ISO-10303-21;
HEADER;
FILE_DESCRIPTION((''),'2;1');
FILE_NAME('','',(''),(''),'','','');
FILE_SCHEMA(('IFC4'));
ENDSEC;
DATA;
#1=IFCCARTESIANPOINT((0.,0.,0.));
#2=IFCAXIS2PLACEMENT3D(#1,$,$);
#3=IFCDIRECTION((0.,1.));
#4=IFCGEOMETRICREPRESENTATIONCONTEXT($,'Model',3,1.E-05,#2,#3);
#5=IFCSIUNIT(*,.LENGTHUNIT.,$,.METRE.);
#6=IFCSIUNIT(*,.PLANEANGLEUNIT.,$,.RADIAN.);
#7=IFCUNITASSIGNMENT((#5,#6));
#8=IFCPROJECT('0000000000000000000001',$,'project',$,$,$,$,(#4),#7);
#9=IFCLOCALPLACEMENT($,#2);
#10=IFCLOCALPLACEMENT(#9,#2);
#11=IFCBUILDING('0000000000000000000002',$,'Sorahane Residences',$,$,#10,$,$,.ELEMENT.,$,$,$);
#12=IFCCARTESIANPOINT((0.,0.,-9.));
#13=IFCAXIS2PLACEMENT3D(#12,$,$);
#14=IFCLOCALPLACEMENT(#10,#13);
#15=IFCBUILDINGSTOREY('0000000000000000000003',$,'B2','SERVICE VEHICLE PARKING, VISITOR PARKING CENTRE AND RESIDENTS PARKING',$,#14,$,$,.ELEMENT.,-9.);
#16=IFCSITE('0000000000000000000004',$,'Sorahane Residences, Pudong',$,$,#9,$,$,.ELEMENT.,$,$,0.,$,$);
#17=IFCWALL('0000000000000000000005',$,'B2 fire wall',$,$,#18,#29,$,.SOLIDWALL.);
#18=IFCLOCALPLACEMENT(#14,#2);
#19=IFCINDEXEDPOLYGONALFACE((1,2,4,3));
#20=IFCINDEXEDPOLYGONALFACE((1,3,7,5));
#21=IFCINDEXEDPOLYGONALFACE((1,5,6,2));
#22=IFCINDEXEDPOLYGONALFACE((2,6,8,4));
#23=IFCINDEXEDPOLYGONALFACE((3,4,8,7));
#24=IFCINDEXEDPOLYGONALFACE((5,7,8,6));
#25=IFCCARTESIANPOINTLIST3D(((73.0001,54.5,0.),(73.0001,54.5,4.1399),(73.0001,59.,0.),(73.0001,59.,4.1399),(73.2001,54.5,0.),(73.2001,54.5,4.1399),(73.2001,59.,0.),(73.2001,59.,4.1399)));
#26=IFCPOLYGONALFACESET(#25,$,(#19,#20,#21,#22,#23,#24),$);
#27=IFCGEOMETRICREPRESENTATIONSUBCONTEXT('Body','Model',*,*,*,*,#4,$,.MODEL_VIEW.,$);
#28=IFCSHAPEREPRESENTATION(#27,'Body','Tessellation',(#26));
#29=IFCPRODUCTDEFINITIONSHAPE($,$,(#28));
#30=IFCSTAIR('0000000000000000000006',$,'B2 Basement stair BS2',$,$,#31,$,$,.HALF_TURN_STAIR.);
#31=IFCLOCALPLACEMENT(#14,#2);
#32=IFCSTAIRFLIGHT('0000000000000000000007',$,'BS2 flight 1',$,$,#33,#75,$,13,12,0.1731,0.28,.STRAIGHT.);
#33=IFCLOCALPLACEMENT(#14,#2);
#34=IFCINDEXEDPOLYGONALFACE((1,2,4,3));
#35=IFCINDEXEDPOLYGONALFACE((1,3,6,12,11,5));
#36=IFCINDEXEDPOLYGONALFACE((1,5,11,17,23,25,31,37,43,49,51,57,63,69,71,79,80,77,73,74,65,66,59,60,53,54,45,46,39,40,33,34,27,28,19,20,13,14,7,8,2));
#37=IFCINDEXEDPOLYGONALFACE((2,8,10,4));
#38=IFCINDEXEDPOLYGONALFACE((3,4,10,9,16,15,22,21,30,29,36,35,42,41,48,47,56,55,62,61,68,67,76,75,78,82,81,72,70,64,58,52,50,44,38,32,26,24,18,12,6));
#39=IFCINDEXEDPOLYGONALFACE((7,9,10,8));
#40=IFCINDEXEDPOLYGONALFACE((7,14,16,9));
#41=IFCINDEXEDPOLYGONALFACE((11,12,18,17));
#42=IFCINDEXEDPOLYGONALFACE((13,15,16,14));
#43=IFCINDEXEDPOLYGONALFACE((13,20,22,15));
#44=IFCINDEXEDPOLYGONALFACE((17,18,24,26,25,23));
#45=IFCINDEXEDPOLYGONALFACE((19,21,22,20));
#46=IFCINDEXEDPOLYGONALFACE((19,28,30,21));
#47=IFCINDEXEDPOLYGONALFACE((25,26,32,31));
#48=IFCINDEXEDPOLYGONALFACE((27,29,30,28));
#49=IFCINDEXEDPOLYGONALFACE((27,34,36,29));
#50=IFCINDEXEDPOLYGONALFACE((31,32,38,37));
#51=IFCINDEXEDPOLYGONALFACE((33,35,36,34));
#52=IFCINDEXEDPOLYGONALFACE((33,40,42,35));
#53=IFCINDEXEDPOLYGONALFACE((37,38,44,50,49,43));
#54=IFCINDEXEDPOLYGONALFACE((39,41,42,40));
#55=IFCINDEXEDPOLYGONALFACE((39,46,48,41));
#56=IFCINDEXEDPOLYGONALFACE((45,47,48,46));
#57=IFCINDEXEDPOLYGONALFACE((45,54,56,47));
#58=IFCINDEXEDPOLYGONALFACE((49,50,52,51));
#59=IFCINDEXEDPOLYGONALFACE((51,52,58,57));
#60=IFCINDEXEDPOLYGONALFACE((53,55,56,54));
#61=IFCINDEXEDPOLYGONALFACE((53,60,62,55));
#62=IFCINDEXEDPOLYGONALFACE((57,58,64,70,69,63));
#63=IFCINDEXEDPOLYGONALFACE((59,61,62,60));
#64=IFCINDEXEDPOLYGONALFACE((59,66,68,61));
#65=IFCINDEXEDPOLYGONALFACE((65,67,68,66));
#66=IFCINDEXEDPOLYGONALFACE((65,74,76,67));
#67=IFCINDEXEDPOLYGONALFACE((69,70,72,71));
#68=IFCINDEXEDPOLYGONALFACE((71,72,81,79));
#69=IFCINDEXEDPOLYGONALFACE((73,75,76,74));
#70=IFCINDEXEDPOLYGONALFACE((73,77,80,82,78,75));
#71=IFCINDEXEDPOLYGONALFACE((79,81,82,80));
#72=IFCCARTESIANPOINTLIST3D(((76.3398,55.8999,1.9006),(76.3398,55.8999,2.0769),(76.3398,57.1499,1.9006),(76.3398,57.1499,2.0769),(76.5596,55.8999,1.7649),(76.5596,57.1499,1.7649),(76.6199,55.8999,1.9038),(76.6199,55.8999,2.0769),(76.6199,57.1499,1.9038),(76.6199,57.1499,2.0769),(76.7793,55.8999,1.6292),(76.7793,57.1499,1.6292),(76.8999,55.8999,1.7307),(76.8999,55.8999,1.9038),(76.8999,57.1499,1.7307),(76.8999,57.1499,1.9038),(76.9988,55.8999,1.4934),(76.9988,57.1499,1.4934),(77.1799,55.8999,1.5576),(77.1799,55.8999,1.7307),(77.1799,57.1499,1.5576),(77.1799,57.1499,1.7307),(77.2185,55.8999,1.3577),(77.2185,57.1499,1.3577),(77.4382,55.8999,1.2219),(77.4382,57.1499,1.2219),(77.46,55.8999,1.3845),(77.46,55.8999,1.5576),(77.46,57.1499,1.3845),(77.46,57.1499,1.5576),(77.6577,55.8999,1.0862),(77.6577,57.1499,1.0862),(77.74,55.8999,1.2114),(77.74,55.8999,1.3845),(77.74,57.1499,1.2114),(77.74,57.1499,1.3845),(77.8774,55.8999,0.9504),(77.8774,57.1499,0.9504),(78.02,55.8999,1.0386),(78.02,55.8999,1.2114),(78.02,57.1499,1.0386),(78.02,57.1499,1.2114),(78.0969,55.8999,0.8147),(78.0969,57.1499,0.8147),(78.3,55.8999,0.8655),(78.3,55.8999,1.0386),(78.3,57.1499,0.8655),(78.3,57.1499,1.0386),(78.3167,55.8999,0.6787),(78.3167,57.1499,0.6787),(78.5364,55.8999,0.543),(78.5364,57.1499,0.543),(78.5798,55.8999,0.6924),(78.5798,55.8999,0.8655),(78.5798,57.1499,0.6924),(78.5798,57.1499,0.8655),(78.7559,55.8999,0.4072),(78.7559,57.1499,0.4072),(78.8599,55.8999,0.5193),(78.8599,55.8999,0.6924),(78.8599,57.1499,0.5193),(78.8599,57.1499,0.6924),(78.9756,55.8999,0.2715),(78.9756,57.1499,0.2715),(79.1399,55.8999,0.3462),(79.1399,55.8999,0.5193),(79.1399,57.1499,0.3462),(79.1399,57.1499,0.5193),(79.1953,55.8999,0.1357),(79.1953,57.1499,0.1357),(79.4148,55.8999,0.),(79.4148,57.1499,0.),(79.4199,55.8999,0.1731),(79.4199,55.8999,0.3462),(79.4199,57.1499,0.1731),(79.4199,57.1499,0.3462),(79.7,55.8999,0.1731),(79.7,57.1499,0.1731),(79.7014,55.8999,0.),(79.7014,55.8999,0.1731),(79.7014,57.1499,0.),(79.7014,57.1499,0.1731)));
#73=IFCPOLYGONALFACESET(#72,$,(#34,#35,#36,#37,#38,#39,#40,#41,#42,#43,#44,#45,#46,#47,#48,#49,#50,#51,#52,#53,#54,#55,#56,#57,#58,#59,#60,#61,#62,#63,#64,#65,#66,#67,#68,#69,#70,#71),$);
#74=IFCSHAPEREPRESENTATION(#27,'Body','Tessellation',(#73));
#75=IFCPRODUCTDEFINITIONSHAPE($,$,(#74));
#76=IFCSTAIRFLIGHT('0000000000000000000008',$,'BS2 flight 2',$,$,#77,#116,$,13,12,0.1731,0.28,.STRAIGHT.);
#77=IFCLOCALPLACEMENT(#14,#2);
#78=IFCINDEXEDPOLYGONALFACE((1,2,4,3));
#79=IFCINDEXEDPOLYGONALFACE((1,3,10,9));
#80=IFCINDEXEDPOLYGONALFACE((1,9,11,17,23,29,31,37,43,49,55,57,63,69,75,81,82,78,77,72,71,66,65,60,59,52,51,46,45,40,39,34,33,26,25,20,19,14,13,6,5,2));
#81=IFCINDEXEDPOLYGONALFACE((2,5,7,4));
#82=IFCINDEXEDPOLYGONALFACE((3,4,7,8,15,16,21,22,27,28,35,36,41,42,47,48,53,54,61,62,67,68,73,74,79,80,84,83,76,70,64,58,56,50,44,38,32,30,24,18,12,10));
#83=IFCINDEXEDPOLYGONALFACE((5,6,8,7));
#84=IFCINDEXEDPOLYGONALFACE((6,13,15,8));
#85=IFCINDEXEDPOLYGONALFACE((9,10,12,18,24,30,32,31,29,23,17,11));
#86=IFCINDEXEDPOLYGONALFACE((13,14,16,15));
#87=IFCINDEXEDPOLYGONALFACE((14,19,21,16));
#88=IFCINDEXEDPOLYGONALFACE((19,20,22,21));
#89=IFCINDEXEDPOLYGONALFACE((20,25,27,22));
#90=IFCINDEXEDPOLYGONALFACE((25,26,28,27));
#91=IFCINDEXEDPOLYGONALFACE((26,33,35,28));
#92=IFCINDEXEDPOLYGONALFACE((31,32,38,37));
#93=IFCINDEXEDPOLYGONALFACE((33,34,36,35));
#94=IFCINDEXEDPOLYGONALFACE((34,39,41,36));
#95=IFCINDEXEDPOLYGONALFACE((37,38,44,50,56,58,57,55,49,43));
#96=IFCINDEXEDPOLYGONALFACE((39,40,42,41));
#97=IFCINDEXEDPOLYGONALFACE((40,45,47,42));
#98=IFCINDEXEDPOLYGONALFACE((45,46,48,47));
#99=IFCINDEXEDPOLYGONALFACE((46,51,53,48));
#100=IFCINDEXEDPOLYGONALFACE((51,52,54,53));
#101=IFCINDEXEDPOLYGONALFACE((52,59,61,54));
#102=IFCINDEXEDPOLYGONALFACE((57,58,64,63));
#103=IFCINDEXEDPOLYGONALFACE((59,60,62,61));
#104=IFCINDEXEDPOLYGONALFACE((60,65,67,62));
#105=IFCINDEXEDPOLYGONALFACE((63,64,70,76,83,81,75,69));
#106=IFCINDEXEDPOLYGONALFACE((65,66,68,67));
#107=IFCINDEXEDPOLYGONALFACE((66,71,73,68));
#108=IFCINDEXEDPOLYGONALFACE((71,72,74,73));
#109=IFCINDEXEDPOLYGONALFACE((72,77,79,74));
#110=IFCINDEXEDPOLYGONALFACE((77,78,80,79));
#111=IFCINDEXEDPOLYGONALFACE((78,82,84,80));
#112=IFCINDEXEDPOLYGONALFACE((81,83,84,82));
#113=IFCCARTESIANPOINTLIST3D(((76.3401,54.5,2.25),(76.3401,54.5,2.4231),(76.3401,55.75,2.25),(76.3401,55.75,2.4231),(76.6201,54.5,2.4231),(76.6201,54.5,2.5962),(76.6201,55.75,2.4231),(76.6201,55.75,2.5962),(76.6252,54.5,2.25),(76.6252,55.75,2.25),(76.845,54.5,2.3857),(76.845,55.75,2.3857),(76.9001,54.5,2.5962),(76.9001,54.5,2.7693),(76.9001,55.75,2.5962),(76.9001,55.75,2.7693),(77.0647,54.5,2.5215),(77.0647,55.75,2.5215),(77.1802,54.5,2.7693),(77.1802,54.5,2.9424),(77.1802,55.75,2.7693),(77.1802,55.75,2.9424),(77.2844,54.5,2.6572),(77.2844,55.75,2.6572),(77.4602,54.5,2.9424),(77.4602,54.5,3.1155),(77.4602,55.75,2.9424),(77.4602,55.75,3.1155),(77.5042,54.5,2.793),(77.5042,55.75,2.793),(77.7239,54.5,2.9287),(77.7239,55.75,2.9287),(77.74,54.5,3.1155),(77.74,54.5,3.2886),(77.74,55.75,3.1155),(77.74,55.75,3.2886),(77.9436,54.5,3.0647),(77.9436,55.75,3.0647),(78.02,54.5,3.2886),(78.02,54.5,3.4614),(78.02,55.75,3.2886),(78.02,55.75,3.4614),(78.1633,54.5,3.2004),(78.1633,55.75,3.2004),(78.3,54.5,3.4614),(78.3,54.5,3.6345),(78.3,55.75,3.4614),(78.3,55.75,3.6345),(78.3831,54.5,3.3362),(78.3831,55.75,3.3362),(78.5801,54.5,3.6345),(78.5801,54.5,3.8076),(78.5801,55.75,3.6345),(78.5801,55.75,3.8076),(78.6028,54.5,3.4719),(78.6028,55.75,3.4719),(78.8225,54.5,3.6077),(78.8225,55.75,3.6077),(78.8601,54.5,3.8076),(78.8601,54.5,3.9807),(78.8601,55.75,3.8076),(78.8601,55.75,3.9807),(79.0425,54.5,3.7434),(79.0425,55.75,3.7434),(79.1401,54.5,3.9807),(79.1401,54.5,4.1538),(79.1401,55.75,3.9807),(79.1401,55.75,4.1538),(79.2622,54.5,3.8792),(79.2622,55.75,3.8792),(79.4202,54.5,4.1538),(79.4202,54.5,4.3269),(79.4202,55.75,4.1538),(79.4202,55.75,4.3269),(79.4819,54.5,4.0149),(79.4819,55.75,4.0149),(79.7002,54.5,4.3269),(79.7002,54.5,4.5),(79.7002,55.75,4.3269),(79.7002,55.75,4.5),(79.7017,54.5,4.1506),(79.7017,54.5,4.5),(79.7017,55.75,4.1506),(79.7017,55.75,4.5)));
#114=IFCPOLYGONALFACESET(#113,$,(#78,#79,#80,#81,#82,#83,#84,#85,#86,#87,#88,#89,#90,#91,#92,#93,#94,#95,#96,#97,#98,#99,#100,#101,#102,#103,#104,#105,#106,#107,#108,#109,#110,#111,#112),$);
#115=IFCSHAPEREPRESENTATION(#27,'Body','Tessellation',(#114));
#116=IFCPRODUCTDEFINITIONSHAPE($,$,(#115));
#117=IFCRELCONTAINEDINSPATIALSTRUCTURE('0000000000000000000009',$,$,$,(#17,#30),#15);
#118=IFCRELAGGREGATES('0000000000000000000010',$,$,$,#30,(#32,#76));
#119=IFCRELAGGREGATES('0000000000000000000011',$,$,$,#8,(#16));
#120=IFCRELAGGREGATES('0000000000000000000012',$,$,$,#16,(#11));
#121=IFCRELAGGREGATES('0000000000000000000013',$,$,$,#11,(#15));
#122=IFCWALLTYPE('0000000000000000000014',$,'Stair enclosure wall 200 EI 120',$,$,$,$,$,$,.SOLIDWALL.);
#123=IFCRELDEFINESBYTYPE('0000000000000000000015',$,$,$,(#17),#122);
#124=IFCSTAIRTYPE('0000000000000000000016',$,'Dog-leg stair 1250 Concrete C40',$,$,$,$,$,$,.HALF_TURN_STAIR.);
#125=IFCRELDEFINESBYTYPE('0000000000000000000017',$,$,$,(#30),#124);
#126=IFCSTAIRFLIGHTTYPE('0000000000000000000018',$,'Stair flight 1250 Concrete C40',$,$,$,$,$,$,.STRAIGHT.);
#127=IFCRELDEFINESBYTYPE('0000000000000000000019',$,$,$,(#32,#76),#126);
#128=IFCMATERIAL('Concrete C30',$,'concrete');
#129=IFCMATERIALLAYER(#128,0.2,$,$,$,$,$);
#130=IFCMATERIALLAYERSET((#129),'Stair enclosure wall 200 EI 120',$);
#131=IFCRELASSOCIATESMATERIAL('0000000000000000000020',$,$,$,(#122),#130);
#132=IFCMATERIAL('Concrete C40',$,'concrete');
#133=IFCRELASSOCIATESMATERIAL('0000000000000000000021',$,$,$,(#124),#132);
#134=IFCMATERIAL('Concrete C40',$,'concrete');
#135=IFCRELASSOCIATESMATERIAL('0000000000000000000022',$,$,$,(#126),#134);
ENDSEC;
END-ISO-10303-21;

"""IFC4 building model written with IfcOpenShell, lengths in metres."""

from ifc_helpers import new_model, si_unit, direction, frame, frame_2d, origin, place, context, subcontext, project, spatial, polyline, rectangle, outline, extrude, material, layer, layer_set, type_object, element, aggregate, save


model = new_model("IFC4")

# Units and contexts
model_context = context("Model", 3, precision=1e-05, world=origin(), true_north=direction((0.0, 1.0)))
body_context = subcontext(model_context, "Body", "Model", "MODEL_VIEW")
ifc_project = project(units=[si_unit("LENGTHUNIT", "METRE"), si_unit("PLANEANGLEUNIT", "RADIAN")], contexts=[model_context])

# Site, building, storey
site_placement = place(None, origin())
site = spatial("IfcSite", under=ifc_project, at=site_placement, Name="Sorahane Residences, Pudong", CompositionType="ELEMENT", RefElevation=0.0)
building_placement = place(site_placement, origin())
building = spatial("IfcBuilding", under=site, at=building_placement, Name="Sorahane Residences", CompositionType="ELEMENT")
storey_placement = place(building_placement, frame((0.0, 0.0, -9.0)))
storey = spatial("IfcBuildingStorey", under=building, at=storey_placement, Name="B2", Description="SERVICE VEHICLE PARKING, VISITOR PARKING CENTRE AND RESIDENTS PARKING", CompositionType="ELEMENT", Elevation=-9.0)

# Wall
ifc_material_1 = material(Name="Concrete C30", Category="concrete")
ifc_layer_1 = layer(ifc_material_1, 0.2)
ifc_layer_set_1 = layer_set([ifc_layer_1], Name="Stair enclosure wall 200 EI 120")
wall_type_1 = type_object("IfcWallType", Name="Stair enclosure wall 200 EI 120", PredefinedType="SOLIDWALL", material=ifc_layer_set_1)
wall_1_placement = place(storey_placement, frame((73.1001, 54.5, 0.0), z_axis=(0.0, 0.0, 1.0), x_axis=(0.0, 1.0, 0.0)))
element("IfcWall", 1, at=wall_1_placement, inside=storey, type_object=wall_type_1, Name="B2 fire wall", PredefinedType="SOLIDWALL", context=body_context, shape_type="SweptSolid", body=[
    extrude(rectangle(XDim=4.5, YDim=0.2, at=frame_2d((2.25, 0.0))), origin(), (0.0, 0.0, 1.0), 4.1399),
])

# Stair, stair flights
ifc_material_2 = material(Name="Concrete C40", Category="concrete")
stair_type = type_object("IfcStairType", Name="Dog-leg stair 1250 Concrete C40", PredefinedType="HALF_TURN_STAIR", material=ifc_material_2)
stair_placement = place(storey_placement, origin())
stair = element("IfcStair", 2, at=stair_placement, inside=storey, type_object=stair_type, Name="B2 Basement stair BS2", PredefinedType="HALF_TURN_STAIR")
ifc_material_3 = material(Name="Concrete C40", Category="concrete")
stair_flight_type = type_object("IfcStairFlightType", Name="Stair flight 1250 Concrete C40", PredefinedType="STRAIGHT", material=ifc_material_3)
stair_flight_1_placement = place(storey_placement, frame((79.7, 56.5249, 0.0), z_axis=(0.0, 0.0, 1.0), x_axis=(-1.0, 0.0, 0.0)))
stair_flight_1 = element("IfcStairFlight", 3, at=stair_flight_1_placement, type_object=stair_flight_type, Name="BS2 flight 1", NumberOfRisers=13, NumberOfTreads=12, PredefinedType="STRAIGHT", RiserHeight=0.1731, TreadLength=0.28, context=body_context, shape_type="SweptSolid", body=[
    extrude(outline(polyline([(-0.0015, 0.0), (-0.0015, 0.1731), (0.0, 0.1731), (0.28, 0.1731), (0.28, 0.3462), (0.5601, 0.3462), (0.5601, 0.5193), (0.8401, 0.5193), (0.8401, 0.6924), (1.1201, 0.6924), (1.1201, 0.8655), (1.3999, 0.8655), (1.3999, 1.0386), (1.6799, 1.0386), (1.6799, 1.2114), (1.96, 1.2114), (1.96, 1.3845), (2.24, 1.3845), (2.24, 1.5576), (2.52, 1.5576), (2.52, 1.7307), (2.8, 1.7307), (2.8, 1.9038), (3.0801, 1.9038), (3.0801, 2.0769), (3.3601, 2.0769), (3.3601, 2.25), (3.3601, 1.9006), (3.1404, 1.7649), (2.9207, 1.6292), (2.7012, 1.4934), (2.4814, 1.3577), (2.2617, 1.2219), (2.0422, 1.0862), (1.8225, 0.9504), (1.603, 0.8147), (1.3833, 0.6787), (1.1636, 0.543), (0.9441, 0.4072), (0.7244, 0.2715), (0.5046, 0.1357), (0.2852, 0.0), (-0.0015, 0.0)])), frame((0.0, 0.625, 0.0), z_axis=(0.0, -1.0, 0.0), x_axis=(1.0, 0.0, 0.0)), (0.0, 0.0, 1.0), 1.25),
])
stair_flight_2_placement = place(storey_placement, frame((76.3401, 55.125, 2.25), z_axis=(0.0, 0.0, 1.0), x_axis=(1.0, 0.0, 0.0)))
stair_flight_2 = element("IfcStairFlight", 4, at=stair_flight_2_placement, type_object=stair_flight_type, Name="BS2 flight 2", NumberOfRisers=13, NumberOfTreads=12, PredefinedType="STRAIGHT", RiserHeight=0.1731, TreadLength=0.28, context=body_context, shape_type="SweptSolid", body=[
    extrude(outline(polyline([(0.0, 0.0), (0.0, 0.1731), (0.28, 0.1731), (0.28, 0.3462), (0.5601, 0.3462), (0.5601, 0.5193), (0.8401, 0.5193), (0.8401, 0.6924), (1.1201, 0.6924), (1.1201, 0.8655), (1.3999, 0.8655), (1.3999, 1.0386), (1.6799, 1.0386), (1.6799, 1.2114), (1.96, 1.2114), (1.96, 1.3845), (2.24, 1.3845), (2.24, 1.5576), (2.52, 1.5576), (2.52, 1.7307), (2.8, 1.7307), (2.8, 1.9038), (3.0801, 1.9038), (3.0801, 2.0769), (3.3601, 2.0769), (3.3601, 2.25), (3.3616, 2.25), (3.3616, 1.9006), (3.1418, 1.7649), (2.9221, 1.6292), (2.7024, 1.4934), (2.4824, 1.3577), (2.2627, 1.2219), (2.043, 1.0862), (1.8232, 0.9504), (1.6035, 0.8147), (1.3838, 0.6787), (1.1641, 0.543), (0.9443, 0.4072), (0.7246, 0.2715), (0.5049, 0.1357), (0.2852, 0.0), (0.0, 0.0)])), frame((0.0, 0.625, 0.0), z_axis=(0.0, -1.0, 0.0), x_axis=(1.0, 0.0, 0.0)), (0.0, 0.0, 1.0), 1.25),
])
aggregate(stair, [stair_flight_1, stair_flight_2])

save(model, "model.ifc")
